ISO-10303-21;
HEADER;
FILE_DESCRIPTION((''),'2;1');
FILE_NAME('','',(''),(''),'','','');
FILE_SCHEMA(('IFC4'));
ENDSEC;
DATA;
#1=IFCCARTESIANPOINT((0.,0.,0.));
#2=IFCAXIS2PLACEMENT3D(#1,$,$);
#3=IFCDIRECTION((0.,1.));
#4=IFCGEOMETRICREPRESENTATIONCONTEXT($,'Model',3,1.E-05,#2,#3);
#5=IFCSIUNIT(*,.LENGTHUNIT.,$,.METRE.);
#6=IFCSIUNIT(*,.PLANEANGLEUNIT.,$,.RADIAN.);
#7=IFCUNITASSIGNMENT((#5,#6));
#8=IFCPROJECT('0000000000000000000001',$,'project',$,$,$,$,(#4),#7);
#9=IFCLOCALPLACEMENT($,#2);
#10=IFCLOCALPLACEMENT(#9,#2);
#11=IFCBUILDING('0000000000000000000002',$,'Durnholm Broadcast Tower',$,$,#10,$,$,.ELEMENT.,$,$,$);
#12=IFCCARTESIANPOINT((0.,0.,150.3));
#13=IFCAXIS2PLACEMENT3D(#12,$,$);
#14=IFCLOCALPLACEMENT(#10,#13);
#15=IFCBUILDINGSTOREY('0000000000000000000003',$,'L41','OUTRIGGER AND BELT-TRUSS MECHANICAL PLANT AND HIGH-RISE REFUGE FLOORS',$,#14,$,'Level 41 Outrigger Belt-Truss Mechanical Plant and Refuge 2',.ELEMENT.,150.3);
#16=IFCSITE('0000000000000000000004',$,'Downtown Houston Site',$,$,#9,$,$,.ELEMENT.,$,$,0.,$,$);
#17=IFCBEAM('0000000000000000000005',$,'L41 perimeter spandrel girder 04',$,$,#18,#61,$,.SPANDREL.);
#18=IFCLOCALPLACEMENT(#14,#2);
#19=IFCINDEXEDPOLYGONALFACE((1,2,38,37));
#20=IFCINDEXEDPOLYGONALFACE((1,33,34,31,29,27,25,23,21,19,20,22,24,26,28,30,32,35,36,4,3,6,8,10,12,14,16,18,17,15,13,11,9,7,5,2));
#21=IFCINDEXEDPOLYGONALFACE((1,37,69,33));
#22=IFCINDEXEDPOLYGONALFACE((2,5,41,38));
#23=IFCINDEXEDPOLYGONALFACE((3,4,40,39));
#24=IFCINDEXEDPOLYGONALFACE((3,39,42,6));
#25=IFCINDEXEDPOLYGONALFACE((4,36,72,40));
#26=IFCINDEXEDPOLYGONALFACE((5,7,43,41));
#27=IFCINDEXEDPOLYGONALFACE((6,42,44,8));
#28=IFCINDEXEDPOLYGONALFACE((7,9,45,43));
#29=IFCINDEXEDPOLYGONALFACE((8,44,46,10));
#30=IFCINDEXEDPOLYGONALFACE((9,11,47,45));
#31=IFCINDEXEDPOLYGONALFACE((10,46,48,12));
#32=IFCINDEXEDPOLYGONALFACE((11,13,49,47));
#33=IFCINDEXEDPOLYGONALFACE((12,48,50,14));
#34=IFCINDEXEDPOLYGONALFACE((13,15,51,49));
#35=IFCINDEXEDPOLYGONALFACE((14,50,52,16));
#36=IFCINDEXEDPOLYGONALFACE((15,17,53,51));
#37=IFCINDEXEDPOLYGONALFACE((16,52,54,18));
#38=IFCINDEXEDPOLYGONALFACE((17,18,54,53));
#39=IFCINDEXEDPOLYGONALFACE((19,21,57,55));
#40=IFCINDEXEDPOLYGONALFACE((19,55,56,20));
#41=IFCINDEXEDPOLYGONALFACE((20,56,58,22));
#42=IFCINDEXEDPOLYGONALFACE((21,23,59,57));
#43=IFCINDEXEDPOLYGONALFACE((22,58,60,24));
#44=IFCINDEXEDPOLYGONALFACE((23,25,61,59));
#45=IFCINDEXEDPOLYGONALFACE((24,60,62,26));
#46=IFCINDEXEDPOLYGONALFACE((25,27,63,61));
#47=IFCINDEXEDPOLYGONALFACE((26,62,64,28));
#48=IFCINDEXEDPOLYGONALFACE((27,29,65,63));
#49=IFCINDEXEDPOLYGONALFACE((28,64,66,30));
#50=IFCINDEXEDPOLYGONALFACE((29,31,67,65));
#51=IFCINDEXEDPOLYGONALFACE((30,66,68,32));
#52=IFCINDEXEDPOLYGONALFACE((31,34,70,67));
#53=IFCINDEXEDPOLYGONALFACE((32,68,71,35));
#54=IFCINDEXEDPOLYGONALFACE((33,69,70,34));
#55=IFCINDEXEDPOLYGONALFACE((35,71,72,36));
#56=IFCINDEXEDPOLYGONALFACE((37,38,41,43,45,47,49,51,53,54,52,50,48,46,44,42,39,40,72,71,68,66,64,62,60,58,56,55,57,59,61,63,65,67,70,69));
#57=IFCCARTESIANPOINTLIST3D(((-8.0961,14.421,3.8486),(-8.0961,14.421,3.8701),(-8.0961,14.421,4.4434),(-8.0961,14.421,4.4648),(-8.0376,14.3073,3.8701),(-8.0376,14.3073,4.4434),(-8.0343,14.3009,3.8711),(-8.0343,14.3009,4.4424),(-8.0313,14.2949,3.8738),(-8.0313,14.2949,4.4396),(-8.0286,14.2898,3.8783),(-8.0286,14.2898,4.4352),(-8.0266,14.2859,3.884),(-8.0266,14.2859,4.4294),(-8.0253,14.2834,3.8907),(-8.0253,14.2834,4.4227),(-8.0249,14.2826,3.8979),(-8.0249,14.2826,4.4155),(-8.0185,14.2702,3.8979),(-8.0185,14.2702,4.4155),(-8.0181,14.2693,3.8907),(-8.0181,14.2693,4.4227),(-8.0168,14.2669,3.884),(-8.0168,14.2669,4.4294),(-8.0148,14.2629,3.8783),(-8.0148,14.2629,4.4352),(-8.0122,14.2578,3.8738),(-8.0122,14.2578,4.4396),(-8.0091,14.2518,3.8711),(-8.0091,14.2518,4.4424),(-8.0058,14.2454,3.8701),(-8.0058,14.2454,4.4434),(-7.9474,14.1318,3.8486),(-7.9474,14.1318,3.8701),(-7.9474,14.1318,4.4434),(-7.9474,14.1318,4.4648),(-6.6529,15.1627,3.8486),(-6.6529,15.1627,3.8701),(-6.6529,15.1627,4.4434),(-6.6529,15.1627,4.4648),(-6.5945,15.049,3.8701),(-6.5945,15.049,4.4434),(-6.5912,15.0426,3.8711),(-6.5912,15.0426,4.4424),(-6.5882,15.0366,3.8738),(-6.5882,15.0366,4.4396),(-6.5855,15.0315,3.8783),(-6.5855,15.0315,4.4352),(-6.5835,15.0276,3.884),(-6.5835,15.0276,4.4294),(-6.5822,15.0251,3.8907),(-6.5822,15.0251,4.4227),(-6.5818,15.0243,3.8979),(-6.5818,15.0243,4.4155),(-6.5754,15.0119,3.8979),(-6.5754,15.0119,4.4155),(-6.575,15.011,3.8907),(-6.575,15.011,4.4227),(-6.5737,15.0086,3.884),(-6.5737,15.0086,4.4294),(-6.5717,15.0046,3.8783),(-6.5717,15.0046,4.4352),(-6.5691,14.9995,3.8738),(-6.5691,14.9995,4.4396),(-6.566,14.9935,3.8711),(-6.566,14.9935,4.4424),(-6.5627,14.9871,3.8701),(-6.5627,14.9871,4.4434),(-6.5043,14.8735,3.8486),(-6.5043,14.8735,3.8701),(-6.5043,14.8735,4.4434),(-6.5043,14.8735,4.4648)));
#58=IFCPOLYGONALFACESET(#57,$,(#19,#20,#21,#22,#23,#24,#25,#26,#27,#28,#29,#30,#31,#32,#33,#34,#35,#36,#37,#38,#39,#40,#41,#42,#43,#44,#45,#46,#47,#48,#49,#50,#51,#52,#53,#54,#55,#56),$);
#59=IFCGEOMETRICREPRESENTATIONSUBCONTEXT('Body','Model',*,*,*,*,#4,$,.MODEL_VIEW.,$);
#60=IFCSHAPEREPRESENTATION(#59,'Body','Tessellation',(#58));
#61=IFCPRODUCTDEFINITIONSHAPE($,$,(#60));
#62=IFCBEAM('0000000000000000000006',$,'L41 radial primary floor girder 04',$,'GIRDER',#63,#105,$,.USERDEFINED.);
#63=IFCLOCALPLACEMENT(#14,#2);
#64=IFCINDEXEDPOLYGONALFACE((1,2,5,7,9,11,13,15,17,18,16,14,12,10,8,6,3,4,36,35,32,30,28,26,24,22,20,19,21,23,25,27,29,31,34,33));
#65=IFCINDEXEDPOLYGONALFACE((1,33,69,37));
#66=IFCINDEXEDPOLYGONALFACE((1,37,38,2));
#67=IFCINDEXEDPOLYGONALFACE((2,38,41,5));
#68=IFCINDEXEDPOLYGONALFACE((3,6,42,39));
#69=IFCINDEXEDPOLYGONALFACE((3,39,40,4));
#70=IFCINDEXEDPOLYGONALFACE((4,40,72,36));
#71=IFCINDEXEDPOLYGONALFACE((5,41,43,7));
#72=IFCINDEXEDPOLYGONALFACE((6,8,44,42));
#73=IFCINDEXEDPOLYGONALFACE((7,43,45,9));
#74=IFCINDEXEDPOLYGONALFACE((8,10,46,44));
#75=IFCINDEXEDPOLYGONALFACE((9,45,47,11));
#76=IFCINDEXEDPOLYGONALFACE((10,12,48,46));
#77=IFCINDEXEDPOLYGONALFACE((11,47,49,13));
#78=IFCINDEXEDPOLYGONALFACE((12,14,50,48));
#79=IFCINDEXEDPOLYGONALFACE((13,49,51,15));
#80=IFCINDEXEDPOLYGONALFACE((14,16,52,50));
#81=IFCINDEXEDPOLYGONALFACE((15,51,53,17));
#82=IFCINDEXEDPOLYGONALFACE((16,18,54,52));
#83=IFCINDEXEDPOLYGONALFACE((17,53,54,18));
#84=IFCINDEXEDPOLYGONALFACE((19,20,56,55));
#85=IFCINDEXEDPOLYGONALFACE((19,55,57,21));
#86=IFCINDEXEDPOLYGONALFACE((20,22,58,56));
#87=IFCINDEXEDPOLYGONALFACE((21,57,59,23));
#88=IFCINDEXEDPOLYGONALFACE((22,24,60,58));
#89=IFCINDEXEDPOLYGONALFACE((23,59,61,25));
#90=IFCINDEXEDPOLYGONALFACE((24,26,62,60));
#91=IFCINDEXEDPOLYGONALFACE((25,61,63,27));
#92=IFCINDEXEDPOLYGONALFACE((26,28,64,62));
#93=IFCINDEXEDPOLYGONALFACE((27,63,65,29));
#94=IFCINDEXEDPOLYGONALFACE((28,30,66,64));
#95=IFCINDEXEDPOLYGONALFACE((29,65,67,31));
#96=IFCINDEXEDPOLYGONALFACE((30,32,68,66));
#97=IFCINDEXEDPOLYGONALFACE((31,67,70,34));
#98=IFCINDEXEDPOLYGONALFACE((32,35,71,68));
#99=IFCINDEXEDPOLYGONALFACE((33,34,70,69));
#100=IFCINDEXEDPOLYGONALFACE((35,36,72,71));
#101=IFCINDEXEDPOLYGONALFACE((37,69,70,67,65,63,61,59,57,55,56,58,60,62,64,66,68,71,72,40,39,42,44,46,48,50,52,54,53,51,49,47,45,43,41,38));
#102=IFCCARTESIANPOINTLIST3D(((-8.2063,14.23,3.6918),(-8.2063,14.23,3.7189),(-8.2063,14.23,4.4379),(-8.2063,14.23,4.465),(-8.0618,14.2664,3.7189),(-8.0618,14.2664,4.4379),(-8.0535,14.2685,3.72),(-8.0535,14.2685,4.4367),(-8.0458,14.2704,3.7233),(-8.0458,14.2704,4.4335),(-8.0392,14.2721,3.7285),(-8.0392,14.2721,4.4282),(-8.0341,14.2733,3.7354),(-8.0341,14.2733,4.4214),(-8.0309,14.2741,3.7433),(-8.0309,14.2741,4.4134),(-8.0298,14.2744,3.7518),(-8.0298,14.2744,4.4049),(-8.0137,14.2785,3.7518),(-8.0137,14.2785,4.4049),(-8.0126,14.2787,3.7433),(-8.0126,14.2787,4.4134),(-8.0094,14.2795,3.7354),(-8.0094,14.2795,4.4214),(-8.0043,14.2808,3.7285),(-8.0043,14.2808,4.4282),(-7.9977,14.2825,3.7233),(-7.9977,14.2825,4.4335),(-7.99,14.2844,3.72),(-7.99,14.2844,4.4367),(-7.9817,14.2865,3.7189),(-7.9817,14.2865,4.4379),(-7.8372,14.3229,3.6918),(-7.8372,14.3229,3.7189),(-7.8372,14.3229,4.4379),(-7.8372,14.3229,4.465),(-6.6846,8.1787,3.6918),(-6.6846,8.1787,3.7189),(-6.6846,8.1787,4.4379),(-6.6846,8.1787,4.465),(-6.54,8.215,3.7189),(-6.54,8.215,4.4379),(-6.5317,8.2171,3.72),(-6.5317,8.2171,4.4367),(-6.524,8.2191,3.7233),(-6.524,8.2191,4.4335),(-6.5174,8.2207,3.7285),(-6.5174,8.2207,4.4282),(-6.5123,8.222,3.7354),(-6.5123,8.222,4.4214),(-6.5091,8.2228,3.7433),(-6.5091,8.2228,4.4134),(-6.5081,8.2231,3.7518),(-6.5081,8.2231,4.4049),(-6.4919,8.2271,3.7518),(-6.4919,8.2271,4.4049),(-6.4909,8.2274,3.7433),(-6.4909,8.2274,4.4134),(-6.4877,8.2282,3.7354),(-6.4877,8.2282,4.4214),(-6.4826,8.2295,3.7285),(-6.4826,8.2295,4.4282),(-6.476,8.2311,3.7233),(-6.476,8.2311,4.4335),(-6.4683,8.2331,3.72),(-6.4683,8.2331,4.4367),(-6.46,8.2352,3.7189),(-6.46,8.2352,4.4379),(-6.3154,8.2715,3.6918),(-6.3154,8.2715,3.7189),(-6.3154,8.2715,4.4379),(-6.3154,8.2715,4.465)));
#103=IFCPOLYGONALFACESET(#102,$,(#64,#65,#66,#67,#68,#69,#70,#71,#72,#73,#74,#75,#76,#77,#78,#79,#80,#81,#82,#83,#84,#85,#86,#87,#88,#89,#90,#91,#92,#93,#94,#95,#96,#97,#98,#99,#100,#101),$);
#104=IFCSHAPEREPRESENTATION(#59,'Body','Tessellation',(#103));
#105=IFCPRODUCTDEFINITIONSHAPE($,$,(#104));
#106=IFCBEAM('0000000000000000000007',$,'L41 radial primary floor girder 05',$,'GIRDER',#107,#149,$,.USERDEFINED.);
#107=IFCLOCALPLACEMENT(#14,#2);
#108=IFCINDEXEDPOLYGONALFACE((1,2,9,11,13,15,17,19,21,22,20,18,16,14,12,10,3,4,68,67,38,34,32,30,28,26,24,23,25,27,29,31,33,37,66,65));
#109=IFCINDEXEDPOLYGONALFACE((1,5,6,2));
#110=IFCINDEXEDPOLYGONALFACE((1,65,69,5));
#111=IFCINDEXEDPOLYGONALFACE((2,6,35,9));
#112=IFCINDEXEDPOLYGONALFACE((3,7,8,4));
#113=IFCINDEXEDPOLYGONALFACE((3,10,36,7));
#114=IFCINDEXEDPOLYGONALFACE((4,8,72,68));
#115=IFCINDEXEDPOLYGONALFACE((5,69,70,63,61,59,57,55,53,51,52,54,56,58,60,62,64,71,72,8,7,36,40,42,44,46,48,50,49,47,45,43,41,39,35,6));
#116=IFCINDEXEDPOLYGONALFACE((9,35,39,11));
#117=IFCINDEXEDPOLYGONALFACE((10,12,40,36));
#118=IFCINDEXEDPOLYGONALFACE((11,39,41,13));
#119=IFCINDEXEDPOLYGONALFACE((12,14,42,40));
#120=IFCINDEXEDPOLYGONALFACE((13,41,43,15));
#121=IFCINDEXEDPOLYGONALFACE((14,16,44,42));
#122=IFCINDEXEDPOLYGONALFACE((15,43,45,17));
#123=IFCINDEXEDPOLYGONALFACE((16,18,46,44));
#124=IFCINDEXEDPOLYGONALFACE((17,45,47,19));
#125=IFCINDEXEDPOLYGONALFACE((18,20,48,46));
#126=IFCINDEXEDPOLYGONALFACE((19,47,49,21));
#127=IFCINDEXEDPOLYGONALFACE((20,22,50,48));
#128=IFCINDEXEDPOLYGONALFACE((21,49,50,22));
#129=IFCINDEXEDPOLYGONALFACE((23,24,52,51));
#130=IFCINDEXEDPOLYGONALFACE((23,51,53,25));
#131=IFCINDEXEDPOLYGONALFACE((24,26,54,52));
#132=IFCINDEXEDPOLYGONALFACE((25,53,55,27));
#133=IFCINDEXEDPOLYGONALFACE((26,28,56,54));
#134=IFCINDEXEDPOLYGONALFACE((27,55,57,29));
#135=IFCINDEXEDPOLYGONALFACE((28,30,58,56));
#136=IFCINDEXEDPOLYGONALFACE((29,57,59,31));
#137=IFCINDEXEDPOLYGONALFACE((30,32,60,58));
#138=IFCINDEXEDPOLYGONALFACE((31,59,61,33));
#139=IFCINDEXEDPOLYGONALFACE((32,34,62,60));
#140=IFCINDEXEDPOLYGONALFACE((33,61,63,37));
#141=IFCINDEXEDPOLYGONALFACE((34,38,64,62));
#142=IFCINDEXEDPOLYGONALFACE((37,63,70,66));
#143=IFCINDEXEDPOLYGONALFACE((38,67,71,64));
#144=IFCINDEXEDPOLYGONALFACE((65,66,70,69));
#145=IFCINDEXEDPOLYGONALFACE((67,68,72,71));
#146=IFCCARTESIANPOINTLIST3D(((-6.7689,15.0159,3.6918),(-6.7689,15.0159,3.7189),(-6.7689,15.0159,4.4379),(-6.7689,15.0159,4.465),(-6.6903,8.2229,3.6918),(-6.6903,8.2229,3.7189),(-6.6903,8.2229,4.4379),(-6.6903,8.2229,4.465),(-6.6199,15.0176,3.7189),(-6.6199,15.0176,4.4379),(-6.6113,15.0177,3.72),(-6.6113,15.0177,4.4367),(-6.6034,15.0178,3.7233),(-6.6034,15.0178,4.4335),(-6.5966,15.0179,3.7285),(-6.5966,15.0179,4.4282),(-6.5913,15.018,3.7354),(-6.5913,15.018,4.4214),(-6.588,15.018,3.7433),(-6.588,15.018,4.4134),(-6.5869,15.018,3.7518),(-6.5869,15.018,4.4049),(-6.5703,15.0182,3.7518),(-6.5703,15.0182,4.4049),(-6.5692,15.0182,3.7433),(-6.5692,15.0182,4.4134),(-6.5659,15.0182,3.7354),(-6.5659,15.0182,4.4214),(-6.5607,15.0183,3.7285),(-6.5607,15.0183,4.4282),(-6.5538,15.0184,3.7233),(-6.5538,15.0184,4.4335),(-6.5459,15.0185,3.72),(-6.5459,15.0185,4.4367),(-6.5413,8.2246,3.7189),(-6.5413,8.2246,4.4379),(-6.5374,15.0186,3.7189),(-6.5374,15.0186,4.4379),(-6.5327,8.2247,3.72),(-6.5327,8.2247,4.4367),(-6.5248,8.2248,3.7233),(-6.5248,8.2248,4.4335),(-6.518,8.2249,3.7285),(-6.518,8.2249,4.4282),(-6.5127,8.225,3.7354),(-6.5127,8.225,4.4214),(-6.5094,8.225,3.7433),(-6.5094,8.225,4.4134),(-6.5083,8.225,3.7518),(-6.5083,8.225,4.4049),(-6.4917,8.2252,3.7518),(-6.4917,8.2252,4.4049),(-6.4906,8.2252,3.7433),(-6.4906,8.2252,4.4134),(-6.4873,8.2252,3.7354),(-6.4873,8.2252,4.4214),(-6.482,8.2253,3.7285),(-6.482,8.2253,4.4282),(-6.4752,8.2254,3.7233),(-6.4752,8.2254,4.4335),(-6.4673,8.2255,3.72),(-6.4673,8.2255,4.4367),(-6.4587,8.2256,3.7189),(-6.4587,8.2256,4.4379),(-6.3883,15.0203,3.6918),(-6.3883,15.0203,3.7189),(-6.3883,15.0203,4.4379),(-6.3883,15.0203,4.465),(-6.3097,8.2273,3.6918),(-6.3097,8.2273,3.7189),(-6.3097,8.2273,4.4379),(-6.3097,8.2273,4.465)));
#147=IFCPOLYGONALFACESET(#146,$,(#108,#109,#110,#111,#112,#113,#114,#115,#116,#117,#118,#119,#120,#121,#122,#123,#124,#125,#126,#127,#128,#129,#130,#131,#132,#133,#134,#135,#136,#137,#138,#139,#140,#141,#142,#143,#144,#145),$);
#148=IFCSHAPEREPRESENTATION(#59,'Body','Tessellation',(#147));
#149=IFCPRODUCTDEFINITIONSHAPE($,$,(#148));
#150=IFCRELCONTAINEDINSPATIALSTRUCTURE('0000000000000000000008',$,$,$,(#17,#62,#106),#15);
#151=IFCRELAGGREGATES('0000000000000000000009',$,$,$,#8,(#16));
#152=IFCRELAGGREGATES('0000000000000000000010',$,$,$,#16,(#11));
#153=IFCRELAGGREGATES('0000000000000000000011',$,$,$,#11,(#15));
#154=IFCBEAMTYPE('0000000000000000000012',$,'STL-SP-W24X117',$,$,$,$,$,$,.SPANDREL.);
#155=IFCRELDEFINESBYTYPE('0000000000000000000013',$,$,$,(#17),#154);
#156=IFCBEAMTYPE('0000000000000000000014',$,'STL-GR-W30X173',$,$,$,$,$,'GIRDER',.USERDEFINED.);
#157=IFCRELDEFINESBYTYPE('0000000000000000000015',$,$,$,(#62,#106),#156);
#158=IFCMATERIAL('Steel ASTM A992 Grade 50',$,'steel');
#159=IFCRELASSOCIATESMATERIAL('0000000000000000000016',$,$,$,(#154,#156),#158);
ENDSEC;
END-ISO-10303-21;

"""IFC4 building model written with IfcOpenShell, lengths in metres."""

from ifc_helpers import new_model, si_unit, direction, frame, origin, origin_2d, place, context, subcontext, project, spatial, i_section, extrude, source, transform, mapped, material, material_profile, profile_set, type_object, type_shapes, element, save


model = new_model("IFC4")

# Units and contexts
model_context = context("Model", 3, precision=1e-05, world=origin(), true_north=direction((0.0, 1.0)))
body_context = subcontext(model_context, "Body", "Model", "MODEL_VIEW")
ifc_project = project(units=[si_unit("LENGTHUNIT", "METRE"), si_unit("PLANEANGLEUNIT", "RADIAN")], contexts=[model_context])

# Site, building, storey
site_placement = place(None, origin())
site = spatial("IfcSite", under=ifc_project, at=site_placement, Name="Downtown Houston Site", CompositionType="ELEMENT", RefElevation=0.0)
building_placement = place(site_placement, origin())
building = spatial("IfcBuilding", under=site, at=building_placement, Name="Durnholm Broadcast Tower", CompositionType="ELEMENT")
storey_placement = place(building_placement, frame((0.0, 0.0, 150.3)))
storey = spatial("IfcBuildingStorey", under=building, at=storey_placement, Name="L41", Description="OUTRIGGER AND BELT-TRUSS MECHANICAL PLANT AND HIGH-RISE REFUGE FLOORS", LongName="Level 41 Outrigger Belt-Truss Mechanical Plant and Refuge 2", CompositionType="ELEMENT", Elevation=150.3)

# Beams
ifc_material_1 = material(Name="Steel ASTM A992 Grade 50", Category="steel")
ifc_material_profile_1 = material_profile(ifc_material_1, i_section(OverallWidth=0.3252, OverallDepth=0.6162, WebThickness=0.0139, FlangeThickness=0.0215, FilletRadius=0.0278, at=origin_2d()), Name="W24X117")
ifc_profile_set_1 = profile_set([ifc_material_profile_1], Name="Steel ASTM A992 Grade 50")
beam_type_1 = type_object("IfcBeamType", Name="STL-SP-W24X117", PredefinedType="SPANDREL", material=ifc_profile_set_1)
shared_shape_1 = source(origin(), body_context, "Body", "SweptSolid", [
    extrude(i_section(OverallWidth=0.3252, OverallDepth=0.6162, WebThickness=0.0139, FlangeThickness=0.0215, FilletRadius=0.0278, at=origin_2d()), origin(), (0.0, 0.0, 1.0), 1.6226),
])
type_shapes(beam_type_1, [shared_shape_1])
beam_1_placement = place(storey_placement, frame((-8.0217, 14.2764, 4.1567), z_axis=(0.889407, 0.457117, 0.0), x_axis=(-0.457117, 0.889407, 0.0)))
element("IfcBeam", 1, at=beam_1_placement, inside=storey, type_object=beam_type_1, Name="L41 perimeter spandrel girder 04", PredefinedType="SPANDREL", context=body_context, shape_type="MappedRepresentation", body=[
    mapped(shared_shape_1, transform((0.0, 0.0, 0.0), x_axis=(1.0, 0.0, 0.0), y_axis=(0.0, 1.0, 0.0), z_axis=(0.0, 0.0, 1.0), scale=1.0)),
])
ifc_material_profile_2 = material_profile(ifc_material_1, i_section(OverallWidth=0.3806, OverallDepth=0.7732, WebThickness=0.0166, FlangeThickness=0.0271, FilletRadius=0.033, at=origin_2d()), Name="W30X173")
ifc_profile_set_2 = profile_set([ifc_material_profile_2], Name="Steel ASTM A992 Grade 50")
beam_type_2 = type_object("IfcBeamType", Name="STL-GR-W30X173", ElementType="GIRDER", PredefinedType="USERDEFINED", material=ifc_profile_set_2)
shared_shape_2 = source(origin(), body_context, "Body", "SweptSolid", [
    extrude(i_section(OverallWidth=0.3806, OverallDepth=0.7732, WebThickness=0.0166, FlangeThickness=0.0271, FilletRadius=0.033, at=origin_2d()), origin(), (0.0, 0.0, 1.0), 6.2397),
])
beam_2_placement = place(storey_placement, frame((-6.5, 8.2251, 4.0784), z_axis=(-0.24388, 0.969806, 0.0), x_axis=(-0.969806, -0.24388, 0.0)))
element("IfcBeam", 2, at=beam_2_placement, inside=storey, type_object=beam_type_2, Name="L41 radial primary floor girder 04", ObjectType="GIRDER", PredefinedType="USERDEFINED", context=body_context, shape_type="MappedRepresentation", body=[
    mapped(shared_shape_2, transform((0.0, 0.0, 0.0), x_axis=(1.0, 0.0, 0.0), y_axis=(0.0, 1.0, 0.0), z_axis=(0.0, 0.0, 1.0), scale=1.0)),
])
shared_shape_3 = source(origin(), body_context, "Body", "SweptSolid", [
    extrude(i_section(OverallWidth=0.3806, OverallDepth=0.7732, WebThickness=0.0166, FlangeThickness=0.0271, FilletRadius=0.033, at=origin_2d()), origin(), (0.0, 0.0, 1.0), 6.7935),
])
type_shapes(beam_type_2, [shared_shape_2, shared_shape_3])
beam_3_placement = place(storey_placement, frame((-6.5, 8.2251, 4.0784), z_axis=(-0.011572, 0.999933, 0.0), x_axis=(-0.999933, -0.011572, 0.0)))
element("IfcBeam", 3, at=beam_3_placement, inside=storey, type_object=beam_type_2, Name="L41 radial primary floor girder 05", ObjectType="GIRDER", PredefinedType="USERDEFINED", context=body_context, shape_type="MappedRepresentation", body=[
    mapped(shared_shape_3, transform((0.0, 0.0, 0.0), x_axis=(1.0, 0.0, 0.0), y_axis=(0.0, 1.0, 0.0), z_axis=(0.0, 0.0, 1.0), scale=1.0)),
])

save(model, "model.ifc")
